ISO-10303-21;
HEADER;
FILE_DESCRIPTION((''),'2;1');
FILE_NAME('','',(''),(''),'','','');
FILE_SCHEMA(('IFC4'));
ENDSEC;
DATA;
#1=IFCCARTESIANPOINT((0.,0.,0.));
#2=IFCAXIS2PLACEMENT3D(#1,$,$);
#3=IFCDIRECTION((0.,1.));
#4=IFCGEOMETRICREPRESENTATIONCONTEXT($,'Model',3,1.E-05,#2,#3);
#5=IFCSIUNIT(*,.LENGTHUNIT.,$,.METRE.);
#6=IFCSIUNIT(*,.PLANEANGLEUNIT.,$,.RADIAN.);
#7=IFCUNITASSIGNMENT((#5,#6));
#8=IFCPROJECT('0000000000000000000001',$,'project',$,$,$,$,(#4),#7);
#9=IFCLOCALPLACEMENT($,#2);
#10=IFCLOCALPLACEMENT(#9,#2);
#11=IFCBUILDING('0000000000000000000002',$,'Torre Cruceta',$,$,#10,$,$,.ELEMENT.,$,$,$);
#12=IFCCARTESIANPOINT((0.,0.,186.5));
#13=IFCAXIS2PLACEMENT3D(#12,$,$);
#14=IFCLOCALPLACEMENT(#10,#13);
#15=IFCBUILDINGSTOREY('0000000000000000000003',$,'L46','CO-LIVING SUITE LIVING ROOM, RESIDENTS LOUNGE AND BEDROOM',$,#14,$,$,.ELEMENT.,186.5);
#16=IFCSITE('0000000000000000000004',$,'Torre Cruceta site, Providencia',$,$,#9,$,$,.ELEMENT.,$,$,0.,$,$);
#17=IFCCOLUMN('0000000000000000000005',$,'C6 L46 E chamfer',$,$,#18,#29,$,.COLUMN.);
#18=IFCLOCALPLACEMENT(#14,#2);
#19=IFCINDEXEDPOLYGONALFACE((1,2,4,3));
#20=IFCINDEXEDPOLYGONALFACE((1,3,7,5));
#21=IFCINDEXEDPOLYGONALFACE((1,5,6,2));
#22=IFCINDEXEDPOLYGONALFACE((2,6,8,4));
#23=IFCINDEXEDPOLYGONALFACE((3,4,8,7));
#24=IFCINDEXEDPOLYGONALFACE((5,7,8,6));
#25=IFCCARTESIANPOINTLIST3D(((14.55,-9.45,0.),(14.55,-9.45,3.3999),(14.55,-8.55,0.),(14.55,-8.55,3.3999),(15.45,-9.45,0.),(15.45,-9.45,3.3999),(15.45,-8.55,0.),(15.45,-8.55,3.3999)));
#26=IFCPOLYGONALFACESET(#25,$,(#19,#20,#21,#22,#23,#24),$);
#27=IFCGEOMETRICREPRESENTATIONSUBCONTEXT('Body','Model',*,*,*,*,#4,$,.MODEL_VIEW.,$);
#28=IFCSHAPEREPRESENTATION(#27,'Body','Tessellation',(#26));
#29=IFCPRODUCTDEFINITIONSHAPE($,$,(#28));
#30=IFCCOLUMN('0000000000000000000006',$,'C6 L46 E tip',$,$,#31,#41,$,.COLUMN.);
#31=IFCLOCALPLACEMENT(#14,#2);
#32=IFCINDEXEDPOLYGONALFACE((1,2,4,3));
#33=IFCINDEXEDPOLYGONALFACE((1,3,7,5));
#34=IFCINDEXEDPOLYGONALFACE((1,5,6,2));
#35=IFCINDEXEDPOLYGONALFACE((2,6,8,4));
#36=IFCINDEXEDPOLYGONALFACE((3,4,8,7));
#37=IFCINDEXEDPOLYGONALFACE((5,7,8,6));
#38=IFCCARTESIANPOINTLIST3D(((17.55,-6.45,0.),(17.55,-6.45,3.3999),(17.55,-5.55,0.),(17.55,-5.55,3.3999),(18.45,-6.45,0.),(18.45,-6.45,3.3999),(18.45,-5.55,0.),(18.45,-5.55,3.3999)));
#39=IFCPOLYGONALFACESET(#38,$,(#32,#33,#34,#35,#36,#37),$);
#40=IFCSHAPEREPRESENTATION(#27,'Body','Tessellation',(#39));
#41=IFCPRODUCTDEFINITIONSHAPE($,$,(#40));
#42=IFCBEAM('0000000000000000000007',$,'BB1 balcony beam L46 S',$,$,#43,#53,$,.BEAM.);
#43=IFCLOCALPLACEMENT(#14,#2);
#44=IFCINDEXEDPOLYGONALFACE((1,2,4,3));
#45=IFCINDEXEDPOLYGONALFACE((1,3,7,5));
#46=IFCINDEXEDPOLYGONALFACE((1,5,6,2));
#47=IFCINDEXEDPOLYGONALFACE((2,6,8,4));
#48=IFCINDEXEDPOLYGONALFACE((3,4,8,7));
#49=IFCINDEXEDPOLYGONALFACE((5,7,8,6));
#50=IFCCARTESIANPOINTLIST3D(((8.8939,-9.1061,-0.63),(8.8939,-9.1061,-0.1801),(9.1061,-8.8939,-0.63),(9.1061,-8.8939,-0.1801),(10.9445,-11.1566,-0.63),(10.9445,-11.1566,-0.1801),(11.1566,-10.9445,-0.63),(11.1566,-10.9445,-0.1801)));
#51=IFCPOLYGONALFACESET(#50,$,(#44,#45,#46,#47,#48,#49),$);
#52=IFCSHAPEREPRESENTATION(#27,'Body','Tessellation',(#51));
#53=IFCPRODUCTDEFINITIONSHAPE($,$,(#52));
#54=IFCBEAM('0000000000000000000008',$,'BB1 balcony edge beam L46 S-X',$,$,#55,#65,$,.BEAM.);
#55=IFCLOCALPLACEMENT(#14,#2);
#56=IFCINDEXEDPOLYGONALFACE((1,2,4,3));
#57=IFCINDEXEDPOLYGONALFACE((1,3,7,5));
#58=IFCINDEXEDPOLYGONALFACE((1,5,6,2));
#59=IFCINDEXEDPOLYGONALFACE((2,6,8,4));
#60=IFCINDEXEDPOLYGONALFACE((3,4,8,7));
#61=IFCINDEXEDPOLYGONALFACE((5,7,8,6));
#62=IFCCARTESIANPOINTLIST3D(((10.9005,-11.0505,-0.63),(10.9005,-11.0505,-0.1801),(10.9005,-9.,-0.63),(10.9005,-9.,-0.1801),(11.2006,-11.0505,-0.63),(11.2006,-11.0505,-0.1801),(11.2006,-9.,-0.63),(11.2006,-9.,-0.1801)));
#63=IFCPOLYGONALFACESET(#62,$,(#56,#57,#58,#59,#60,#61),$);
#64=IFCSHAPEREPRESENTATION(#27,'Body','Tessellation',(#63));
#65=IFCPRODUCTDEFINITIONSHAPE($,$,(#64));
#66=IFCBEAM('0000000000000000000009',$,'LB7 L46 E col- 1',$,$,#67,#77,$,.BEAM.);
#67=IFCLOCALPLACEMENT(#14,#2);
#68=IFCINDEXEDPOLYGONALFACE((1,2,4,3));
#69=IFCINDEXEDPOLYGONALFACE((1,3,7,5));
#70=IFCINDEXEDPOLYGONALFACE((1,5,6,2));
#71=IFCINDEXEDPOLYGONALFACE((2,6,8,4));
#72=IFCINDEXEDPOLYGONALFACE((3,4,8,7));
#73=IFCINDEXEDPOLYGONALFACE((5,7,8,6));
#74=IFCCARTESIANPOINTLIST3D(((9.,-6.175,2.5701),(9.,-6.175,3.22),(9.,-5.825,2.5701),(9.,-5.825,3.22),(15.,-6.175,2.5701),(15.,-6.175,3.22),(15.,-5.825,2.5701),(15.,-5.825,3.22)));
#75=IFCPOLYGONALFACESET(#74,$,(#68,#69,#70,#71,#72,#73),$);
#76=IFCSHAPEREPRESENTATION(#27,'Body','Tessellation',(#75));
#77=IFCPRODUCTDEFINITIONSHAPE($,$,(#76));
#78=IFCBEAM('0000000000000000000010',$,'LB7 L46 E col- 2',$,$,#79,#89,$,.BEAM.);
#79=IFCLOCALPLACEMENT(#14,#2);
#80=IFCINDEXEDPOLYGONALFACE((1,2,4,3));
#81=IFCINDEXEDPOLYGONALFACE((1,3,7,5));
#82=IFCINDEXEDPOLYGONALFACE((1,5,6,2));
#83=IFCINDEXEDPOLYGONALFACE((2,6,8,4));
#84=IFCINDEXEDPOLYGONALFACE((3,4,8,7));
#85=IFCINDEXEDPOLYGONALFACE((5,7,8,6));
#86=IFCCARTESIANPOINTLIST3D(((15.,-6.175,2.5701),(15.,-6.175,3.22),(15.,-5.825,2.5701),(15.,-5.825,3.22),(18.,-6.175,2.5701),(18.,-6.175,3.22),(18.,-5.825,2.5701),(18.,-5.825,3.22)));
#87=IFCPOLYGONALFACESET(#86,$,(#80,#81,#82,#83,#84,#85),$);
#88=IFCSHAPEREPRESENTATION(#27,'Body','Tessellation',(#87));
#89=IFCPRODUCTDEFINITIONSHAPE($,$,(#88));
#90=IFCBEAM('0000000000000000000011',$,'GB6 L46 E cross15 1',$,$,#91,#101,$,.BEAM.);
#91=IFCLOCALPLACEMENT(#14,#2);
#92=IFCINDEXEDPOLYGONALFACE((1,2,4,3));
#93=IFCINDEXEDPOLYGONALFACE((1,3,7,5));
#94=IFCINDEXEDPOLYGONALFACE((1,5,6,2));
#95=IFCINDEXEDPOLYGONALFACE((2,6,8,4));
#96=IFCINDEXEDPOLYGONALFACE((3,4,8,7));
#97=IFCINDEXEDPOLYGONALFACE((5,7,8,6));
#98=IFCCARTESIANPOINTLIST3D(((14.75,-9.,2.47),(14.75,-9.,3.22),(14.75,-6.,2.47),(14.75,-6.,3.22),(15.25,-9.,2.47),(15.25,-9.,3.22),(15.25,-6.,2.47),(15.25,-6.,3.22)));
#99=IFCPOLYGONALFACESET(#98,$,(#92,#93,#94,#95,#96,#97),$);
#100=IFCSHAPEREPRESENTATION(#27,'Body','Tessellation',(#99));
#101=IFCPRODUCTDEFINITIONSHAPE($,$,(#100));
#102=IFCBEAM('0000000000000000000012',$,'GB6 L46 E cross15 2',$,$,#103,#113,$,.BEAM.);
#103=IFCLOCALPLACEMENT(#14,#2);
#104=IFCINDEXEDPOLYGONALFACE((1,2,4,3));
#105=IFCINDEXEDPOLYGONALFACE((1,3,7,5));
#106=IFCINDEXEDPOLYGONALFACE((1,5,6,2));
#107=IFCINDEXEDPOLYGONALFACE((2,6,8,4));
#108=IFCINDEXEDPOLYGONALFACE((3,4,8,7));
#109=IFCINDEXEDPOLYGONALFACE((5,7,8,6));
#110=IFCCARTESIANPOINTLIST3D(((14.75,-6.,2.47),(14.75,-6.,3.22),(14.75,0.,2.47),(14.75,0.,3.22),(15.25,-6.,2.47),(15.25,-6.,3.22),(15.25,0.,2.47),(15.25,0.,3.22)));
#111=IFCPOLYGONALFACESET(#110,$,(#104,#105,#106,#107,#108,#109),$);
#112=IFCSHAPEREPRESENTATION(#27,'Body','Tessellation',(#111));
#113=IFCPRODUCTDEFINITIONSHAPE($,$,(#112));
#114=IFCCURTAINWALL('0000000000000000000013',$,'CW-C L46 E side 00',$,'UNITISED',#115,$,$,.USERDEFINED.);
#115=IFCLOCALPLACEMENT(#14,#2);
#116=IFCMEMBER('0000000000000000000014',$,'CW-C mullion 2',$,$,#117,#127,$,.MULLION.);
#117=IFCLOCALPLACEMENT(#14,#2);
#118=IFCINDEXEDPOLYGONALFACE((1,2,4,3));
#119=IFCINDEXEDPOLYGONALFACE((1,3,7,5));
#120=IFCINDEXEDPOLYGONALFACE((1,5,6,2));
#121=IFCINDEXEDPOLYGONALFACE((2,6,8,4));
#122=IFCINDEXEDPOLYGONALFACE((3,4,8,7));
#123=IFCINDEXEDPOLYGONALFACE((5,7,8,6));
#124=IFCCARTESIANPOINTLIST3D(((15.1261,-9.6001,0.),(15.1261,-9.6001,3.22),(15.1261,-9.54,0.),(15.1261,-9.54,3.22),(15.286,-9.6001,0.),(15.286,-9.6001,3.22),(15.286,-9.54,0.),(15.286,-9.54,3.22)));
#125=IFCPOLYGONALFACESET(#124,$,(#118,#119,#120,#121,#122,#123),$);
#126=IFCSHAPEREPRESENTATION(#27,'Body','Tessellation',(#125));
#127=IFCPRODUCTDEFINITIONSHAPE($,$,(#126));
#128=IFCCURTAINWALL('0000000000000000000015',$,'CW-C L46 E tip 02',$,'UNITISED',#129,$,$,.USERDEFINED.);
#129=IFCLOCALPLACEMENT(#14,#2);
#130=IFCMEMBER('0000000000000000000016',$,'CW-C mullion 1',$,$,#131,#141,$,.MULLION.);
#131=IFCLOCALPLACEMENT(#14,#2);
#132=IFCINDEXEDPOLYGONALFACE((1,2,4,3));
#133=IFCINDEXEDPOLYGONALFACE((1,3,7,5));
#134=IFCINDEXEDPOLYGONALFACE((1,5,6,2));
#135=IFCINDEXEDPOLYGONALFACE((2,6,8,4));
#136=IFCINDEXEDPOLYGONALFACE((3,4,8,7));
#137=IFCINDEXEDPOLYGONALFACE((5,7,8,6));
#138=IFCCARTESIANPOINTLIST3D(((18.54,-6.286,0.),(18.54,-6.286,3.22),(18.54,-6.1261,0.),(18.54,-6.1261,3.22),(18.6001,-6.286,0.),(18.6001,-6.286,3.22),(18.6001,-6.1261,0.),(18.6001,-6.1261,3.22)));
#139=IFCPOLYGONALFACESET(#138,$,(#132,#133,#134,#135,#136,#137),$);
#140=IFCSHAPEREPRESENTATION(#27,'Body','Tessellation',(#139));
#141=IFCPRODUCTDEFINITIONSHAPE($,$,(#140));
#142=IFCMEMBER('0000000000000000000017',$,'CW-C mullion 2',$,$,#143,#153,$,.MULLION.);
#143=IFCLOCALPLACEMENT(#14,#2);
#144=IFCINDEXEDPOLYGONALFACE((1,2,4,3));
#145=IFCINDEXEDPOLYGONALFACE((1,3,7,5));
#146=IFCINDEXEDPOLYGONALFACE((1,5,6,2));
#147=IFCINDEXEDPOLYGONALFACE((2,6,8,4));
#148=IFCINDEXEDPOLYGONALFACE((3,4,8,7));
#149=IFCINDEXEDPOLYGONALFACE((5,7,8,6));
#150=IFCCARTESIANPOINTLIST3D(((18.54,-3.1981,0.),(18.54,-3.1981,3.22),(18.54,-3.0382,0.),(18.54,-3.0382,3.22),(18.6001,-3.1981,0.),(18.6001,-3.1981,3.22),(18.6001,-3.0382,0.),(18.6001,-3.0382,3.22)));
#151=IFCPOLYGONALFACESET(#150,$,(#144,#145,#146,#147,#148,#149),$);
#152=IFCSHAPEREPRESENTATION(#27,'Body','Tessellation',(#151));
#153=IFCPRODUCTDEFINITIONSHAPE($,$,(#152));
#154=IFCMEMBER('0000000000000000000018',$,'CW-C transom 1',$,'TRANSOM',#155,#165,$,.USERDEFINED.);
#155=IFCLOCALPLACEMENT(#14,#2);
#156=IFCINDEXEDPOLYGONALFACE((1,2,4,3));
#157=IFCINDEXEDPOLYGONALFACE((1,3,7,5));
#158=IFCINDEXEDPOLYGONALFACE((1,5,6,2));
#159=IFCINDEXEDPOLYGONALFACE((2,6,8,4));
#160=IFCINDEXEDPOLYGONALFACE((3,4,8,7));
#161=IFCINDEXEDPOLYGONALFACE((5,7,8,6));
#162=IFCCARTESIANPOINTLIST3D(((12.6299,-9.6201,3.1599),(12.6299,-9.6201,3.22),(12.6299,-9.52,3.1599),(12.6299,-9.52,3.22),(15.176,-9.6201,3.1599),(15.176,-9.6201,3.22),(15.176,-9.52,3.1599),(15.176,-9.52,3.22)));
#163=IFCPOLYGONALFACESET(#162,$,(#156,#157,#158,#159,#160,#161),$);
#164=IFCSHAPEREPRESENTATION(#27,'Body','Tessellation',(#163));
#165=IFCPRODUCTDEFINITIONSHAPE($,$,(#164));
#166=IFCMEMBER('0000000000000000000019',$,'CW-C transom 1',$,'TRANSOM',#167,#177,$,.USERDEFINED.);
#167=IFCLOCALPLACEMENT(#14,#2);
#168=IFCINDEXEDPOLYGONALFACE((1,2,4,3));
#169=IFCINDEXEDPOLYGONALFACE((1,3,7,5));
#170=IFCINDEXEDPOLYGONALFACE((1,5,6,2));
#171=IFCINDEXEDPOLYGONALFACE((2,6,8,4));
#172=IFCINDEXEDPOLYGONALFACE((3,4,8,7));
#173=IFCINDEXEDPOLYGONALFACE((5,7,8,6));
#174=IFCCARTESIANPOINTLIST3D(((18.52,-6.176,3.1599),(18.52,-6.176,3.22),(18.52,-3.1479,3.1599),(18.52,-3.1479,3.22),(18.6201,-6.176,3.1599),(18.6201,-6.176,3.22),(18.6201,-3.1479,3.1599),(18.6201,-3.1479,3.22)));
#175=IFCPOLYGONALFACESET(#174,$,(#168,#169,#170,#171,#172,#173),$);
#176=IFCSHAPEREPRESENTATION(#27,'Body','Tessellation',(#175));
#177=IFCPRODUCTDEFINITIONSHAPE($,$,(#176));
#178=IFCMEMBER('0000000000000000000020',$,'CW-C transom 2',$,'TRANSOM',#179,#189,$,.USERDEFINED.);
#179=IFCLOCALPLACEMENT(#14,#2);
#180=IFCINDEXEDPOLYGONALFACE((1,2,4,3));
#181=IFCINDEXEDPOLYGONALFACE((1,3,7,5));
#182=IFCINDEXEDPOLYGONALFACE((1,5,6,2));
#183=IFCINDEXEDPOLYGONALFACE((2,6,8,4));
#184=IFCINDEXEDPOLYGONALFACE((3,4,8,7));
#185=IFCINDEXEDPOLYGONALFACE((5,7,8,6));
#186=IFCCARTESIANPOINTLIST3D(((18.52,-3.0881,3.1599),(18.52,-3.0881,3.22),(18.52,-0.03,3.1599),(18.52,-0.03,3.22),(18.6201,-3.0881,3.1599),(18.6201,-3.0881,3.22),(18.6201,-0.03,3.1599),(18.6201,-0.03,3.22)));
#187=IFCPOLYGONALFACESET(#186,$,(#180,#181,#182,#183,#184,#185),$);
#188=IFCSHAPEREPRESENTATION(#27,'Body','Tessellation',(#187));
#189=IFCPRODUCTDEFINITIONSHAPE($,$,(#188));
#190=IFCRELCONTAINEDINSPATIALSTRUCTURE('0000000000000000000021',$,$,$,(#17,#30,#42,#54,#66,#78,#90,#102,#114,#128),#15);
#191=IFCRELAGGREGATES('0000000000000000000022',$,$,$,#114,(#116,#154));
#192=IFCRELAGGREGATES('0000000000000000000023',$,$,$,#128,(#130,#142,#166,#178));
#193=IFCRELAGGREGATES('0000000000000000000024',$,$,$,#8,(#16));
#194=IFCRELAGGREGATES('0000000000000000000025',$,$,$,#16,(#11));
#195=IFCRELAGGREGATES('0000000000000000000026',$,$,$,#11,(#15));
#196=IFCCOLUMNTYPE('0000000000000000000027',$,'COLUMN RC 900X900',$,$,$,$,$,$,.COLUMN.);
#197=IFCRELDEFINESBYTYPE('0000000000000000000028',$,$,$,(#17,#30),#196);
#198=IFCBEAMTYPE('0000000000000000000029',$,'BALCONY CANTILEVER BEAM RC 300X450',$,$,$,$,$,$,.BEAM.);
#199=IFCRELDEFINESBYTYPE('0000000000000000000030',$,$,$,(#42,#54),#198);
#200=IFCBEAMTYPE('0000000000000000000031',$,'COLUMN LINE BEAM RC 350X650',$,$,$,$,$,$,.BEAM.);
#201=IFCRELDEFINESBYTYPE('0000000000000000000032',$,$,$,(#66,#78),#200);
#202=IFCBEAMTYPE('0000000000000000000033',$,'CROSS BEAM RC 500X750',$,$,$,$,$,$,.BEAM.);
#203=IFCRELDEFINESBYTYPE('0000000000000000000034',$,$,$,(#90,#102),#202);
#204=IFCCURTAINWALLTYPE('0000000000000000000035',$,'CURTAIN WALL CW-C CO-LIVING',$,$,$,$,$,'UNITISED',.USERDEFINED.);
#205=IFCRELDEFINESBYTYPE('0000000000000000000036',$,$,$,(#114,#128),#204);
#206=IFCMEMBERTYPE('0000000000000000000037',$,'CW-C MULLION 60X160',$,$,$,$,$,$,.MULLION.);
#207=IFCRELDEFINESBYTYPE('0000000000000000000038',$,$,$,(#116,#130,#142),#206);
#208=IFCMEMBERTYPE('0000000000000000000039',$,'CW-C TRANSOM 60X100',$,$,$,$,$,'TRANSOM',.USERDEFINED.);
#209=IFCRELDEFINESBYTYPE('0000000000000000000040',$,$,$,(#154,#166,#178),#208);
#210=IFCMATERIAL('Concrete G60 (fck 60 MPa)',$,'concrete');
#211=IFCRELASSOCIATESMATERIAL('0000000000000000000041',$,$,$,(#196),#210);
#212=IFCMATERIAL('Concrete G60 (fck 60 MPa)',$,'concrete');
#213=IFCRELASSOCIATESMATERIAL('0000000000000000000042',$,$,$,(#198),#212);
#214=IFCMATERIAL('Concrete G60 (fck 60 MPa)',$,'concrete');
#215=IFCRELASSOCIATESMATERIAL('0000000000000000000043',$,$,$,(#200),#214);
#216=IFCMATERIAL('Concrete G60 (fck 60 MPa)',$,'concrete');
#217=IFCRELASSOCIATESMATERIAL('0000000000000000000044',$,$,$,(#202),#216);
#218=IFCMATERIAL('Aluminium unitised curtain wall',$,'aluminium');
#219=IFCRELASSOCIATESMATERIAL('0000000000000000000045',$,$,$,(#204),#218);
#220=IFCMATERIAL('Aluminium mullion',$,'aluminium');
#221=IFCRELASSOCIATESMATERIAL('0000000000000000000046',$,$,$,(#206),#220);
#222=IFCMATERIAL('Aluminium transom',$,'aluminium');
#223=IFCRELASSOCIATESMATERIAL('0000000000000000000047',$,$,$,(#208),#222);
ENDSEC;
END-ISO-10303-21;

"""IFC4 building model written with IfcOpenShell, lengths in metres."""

from ifc_helpers import new_model, si_unit, direction, frame, origin, origin_2d, place, context, subcontext, project, spatial, rectangle, extrude, material, material_profile, profile_set, type_object, element, aggregate, save


model = new_model("IFC4")

# Units and contexts
model_context = context("Model", 3, precision=1e-05, world=origin(), true_north=direction((0.0, 1.0)))
body_context = subcontext(model_context, "Body", "Model", "MODEL_VIEW")
ifc_project = project(units=[si_unit("LENGTHUNIT", "METRE"), si_unit("PLANEANGLEUNIT", "RADIAN")], contexts=[model_context])

# Site, building, storey
site_placement = place(None, origin())
site = spatial("IfcSite", under=ifc_project, at=site_placement, Name="Torre Cruceta site, Providencia", CompositionType="ELEMENT", RefElevation=0.0)
building_placement = place(site_placement, origin())
building = spatial("IfcBuilding", under=site, at=building_placement, Name="Torre Cruceta", CompositionType="ELEMENT")
storey_placement = place(building_placement, frame((0.0, 0.0, 186.5)))
storey = spatial("IfcBuildingStorey", under=building, at=storey_placement, Name="L46", Description="CO-LIVING SUITE LIVING ROOM, RESIDENTS LOUNGE AND BEDROOM", CompositionType="ELEMENT", Elevation=186.5)

# Columns
ifc_material_1 = material(Name="Concrete G60 (fck 60 MPa)", Category="concrete")
ifc_material_profile_1 = material_profile(ifc_material_1, rectangle(XDim=0.8999, YDim=0.8999, at=origin_2d()), Name="RC 900X900")
ifc_profile_set_1 = profile_set([ifc_material_profile_1], Name="Concrete G60 (fck 60 MPa)")
column_type = type_object("IfcColumnType", Name="COLUMN RC 900X900", PredefinedType="COLUMN", material=ifc_profile_set_1)
for number, where, z_axis, x_axis, name in (
    (1, (15.0, -9.0, 0.0), (0.0, 0.0, 1.0), (1.0, 0.0, 0.0), "C6 L46 E chamfer"),
    (2, (18.0, -6.0, 0.0), (0.0, 0.0, 1.0), (1.0, 0.0, 0.0), "C6 L46 E tip"),
):
    element("IfcColumn", number, at=place(storey_placement, frame(where, z_axis=z_axis, x_axis=x_axis)), inside=storey, type_object=column_type, Name=name, PredefinedType="COLUMN", context=body_context, shape_type="SweptSolid", body=[
        extrude(rectangle(XDim=0.8999, YDim=0.8999, at=origin_2d()), origin(), (0.0, 0.0, 1.0), 3.3999),
    ])

# Beams
ifc_material_2 = material(Name="Concrete G60 (fck 60 MPa)", Category="concrete")
ifc_material_profile_2 = material_profile(ifc_material_2, rectangle(XDim=0.3, YDim=0.45, at=origin_2d()), Name="RC 300X450")
ifc_profile_set_2 = profile_set([ifc_material_profile_2], Name="Concrete G60 (fck 60 MPa)")
beam_type_1 = type_object("IfcBeamType", Name="BALCONY CANTILEVER BEAM RC 300X450", PredefinedType="BEAM", material=ifc_profile_set_2)
beam_1_placement = place(storey_placement, frame((9.0, -9.0, -0.405), z_axis=(0.707107, -0.707107, 0.0), x_axis=(0.707107, 0.707107, 0.0)))
element("IfcBeam", 3, at=beam_1_placement, inside=storey, type_object=beam_type_1, Name="BB1 balcony beam L46 S", PredefinedType="BEAM", context=body_context, shape_type="SweptSolid", body=[
    extrude(rectangle(XDim=0.3, YDim=0.45, at=origin_2d()), origin(), (0.0, 0.0, 1.0), 2.8999),
])
beam_2_placement = place(storey_placement, frame((11.0505, -9.0, -0.405), z_axis=(0.0, -1.0, 0.0), x_axis=(1.0, 0.0, 0.0)))
element("IfcBeam", 4, at=beam_2_placement, inside=storey, type_object=beam_type_1, Name="BB1 balcony edge beam L46 S-X", PredefinedType="BEAM", context=body_context, shape_type="SweptSolid", body=[
    extrude(rectangle(XDim=0.3, YDim=0.45, at=origin_2d()), origin(), (0.0, 0.0, 1.0), 2.0505),
])
ifc_material_3 = material(Name="Concrete G60 (fck 60 MPa)", Category="concrete")
ifc_material_profile_3 = material_profile(ifc_material_3, rectangle(XDim=0.3501, YDim=0.6499, at=origin_2d()), Name="RC 350X650")
ifc_profile_set_3 = profile_set([ifc_material_profile_3], Name="Concrete G60 (fck 60 MPa)")
beam_type_2 = type_object("IfcBeamType", Name="COLUMN LINE BEAM RC 350X650", PredefinedType="BEAM", material=ifc_profile_set_3)
beam_3_placement = place(storey_placement, frame((9.0, -6.0, 2.895), z_axis=(1.0, 0.0, 0.0), x_axis=(0.0, 1.0, 0.0)))
element("IfcBeam", 5, at=beam_3_placement, inside=storey, type_object=beam_type_2, Name="LB7 L46 E col- 1", PredefinedType="BEAM", context=body_context, shape_type="SweptSolid", body=[
    extrude(rectangle(XDim=0.3501, YDim=0.6499, at=origin_2d()), origin(), (0.0, 0.0, 1.0), 6.0),
])
beam_4_placement = place(storey_placement, frame((15.0, -6.0, 2.895), z_axis=(1.0, 0.0, 0.0), x_axis=(0.0, 1.0, 0.0)))
element("IfcBeam", 6, at=beam_4_placement, inside=storey, type_object=beam_type_2, Name="LB7 L46 E col- 2", PredefinedType="BEAM", context=body_context, shape_type="SweptSolid", body=[
    extrude(rectangle(XDim=0.3501, YDim=0.6499, at=origin_2d()), origin(), (0.0, 0.0, 1.0), 3.0),
])
ifc_material_4 = material(Name="Concrete G60 (fck 60 MPa)", Category="concrete")
ifc_material_profile_4 = material_profile(ifc_material_4, rectangle(XDim=0.5, YDim=0.75, at=origin_2d()), Name="RC 500X750")
ifc_profile_set_4 = profile_set([ifc_material_profile_4], Name="Concrete G60 (fck 60 MPa)")
beam_type_3 = type_object("IfcBeamType", Name="CROSS BEAM RC 500X750", PredefinedType="BEAM", material=ifc_profile_set_4)
beam_5_placement = place(storey_placement, frame((15.0, -9.0, 2.845), z_axis=(0.0, 1.0, 0.0), x_axis=(-1.0, 0.0, 0.0)))
element("IfcBeam", 7, at=beam_5_placement, inside=storey, type_object=beam_type_3, Name="GB6 L46 E cross15 1", PredefinedType="BEAM", context=body_context, shape_type="SweptSolid", body=[
    extrude(rectangle(XDim=0.5, YDim=0.75, at=origin_2d()), origin(), (0.0, 0.0, 1.0), 3.0),
])
beam_6_placement = place(storey_placement, frame((15.0, -6.0, 2.845), z_axis=(0.0, 1.0, 0.0), x_axis=(-1.0, 0.0, 0.0)))
element("IfcBeam", 8, at=beam_6_placement, inside=storey, type_object=beam_type_3, Name="GB6 L46 E cross15 2", PredefinedType="BEAM", context=body_context, shape_type="SweptSolid", body=[
    extrude(rectangle(XDim=0.5, YDim=0.75, at=origin_2d()), origin(), (0.0, 0.0, 1.0), 6.0),
])

# Curtain wall, member
ifc_material_5 = material(Name="Aluminium unitised curtain wall", Category="aluminium")
curtain_wall_type = type_object("IfcCurtainWallType", Name="CURTAIN WALL CW-C CO-LIVING", ElementType="UNITISED", PredefinedType="USERDEFINED", material=ifc_material_5)
curtain_wall_1_placement = place(storey_placement, origin())
curtain_wall_1 = element("IfcCurtainWall", 9, at=curtain_wall_1_placement, inside=storey, type_object=curtain_wall_type, Name="CW-C L46 E side 00", ObjectType="UNITISED", PredefinedType="USERDEFINED")
ifc_material_6 = material(Name="Aluminium mullion", Category="aluminium")
ifc_material_profile_5 = material_profile(ifc_material_6, rectangle(XDim=0.0601, YDim=0.1599, at=origin_2d()), Name="AL 60X160")
ifc_profile_set_5 = profile_set([ifc_material_profile_5], Name="Aluminium mullion")
member_type_1 = type_object("IfcMemberType", Name="CW-C MULLION 60X160", PredefinedType="MULLION", material=ifc_profile_set_5)
member_1_placement = place(storey_placement, frame((15.2061, -9.5701, 0.0), z_axis=(0.0, 0.0, 1.0), x_axis=(0.0, 1.0, 0.0)))
member_1 = element("IfcMember", 10, at=member_1_placement, type_object=member_type_1, Name="CW-C mullion 2", PredefinedType="MULLION", context=body_context, shape_type="SweptSolid", body=[
    extrude(rectangle(XDim=0.0601, YDim=0.1599, at=origin_2d()), origin(), (0.0, 0.0, 1.0), 3.22),
])

# Curtain wall, members
curtain_wall_2_placement = place(storey_placement, origin())
curtain_wall_2 = element("IfcCurtainWall", 11, at=curtain_wall_2_placement, inside=storey, type_object=curtain_wall_type, Name="CW-C L46 E tip 02", ObjectType="UNITISED", PredefinedType="USERDEFINED")
member_2_placement = place(storey_placement, frame((18.5701, -6.2061, 0.0), z_axis=(0.0, 0.0, 1.0), x_axis=(-1.0, 0.0, 0.0)))
member_2 = element("IfcMember", 12, at=member_2_placement, type_object=member_type_1, Name="CW-C mullion 1", PredefinedType="MULLION", context=body_context, shape_type="SweptSolid", body=[
    extrude(rectangle(XDim=0.0601, YDim=0.1599, at=origin_2d()), origin(), (0.0, 0.0, 1.0), 3.22),
])
member_3_placement = place(storey_placement, frame((18.5701, -3.1182, 0.0), z_axis=(0.0, 0.0, 1.0), x_axis=(-1.0, 0.0, 0.0)))
member_3 = element("IfcMember", 13, at=member_3_placement, type_object=member_type_1, Name="CW-C mullion 2", PredefinedType="MULLION", context=body_context, shape_type="SweptSolid", body=[
    extrude(rectangle(XDim=0.0601, YDim=0.1599, at=origin_2d()), origin(), (0.0, 0.0, 1.0), 3.22),
])

# Members
ifc_material_7 = material(Name="Aluminium transom", Category="aluminium")
ifc_material_profile_6 = material_profile(ifc_material_7, rectangle(XDim=0.1001, YDim=0.0601, at=origin_2d()), Name="AL 100X60")
ifc_profile_set_6 = profile_set([ifc_material_profile_6], Name="Aluminium transom")
member_type_2 = type_object("IfcMemberType", Name="CW-C TRANSOM 60X100", ElementType="TRANSOM", PredefinedType="USERDEFINED", material=ifc_profile_set_6)
member_4_placement = place(storey_placement, frame((12.6299, -9.5701, 3.1899), z_axis=(1.0, 0.0, 0.0), x_axis=(0.0, 1.0, 0.0)))
member_4 = element("IfcMember", 14, at=member_4_placement, type_object=member_type_2, Name="CW-C transom 1", ObjectType="TRANSOM", PredefinedType="USERDEFINED", context=body_context, shape_type="SweptSolid", body=[
    extrude(rectangle(XDim=0.1001, YDim=0.0601, at=origin_2d()), origin(), (0.0, 0.0, 1.0), 2.5461),
])
member_5_placement = place(storey_placement, frame((18.5701, -6.176, 3.1899), z_axis=(0.0, 1.0, 0.0), x_axis=(-1.0, 0.0, 0.0)))
member_5 = element("IfcMember", 15, at=member_5_placement, type_object=member_type_2, Name="CW-C transom 1", ObjectType="TRANSOM", PredefinedType="USERDEFINED", context=body_context, shape_type="SweptSolid", body=[
    extrude(rectangle(XDim=0.1001, YDim=0.0601, at=origin_2d()), origin(), (0.0, 0.0, 1.0), 3.0281),
])
member_6_placement = place(storey_placement, frame((18.5701, -3.0881, 3.1899), z_axis=(0.0, 1.0, 0.0), x_axis=(-1.0, 0.0, 0.0)))
member_6 = element("IfcMember", 16, at=member_6_placement, type_object=member_type_2, Name="CW-C transom 2", ObjectType="TRANSOM", PredefinedType="USERDEFINED", context=body_context, shape_type="SweptSolid", body=[
    extrude(rectangle(XDim=0.1001, YDim=0.0601, at=origin_2d()), origin(), (0.0, 0.0, 1.0), 3.0581),
])

aggregate(curtain_wall_1, [member_1, member_4])
aggregate(curtain_wall_2, [member_2, member_3, member_5, member_6])

save(model, "model.ifc")
